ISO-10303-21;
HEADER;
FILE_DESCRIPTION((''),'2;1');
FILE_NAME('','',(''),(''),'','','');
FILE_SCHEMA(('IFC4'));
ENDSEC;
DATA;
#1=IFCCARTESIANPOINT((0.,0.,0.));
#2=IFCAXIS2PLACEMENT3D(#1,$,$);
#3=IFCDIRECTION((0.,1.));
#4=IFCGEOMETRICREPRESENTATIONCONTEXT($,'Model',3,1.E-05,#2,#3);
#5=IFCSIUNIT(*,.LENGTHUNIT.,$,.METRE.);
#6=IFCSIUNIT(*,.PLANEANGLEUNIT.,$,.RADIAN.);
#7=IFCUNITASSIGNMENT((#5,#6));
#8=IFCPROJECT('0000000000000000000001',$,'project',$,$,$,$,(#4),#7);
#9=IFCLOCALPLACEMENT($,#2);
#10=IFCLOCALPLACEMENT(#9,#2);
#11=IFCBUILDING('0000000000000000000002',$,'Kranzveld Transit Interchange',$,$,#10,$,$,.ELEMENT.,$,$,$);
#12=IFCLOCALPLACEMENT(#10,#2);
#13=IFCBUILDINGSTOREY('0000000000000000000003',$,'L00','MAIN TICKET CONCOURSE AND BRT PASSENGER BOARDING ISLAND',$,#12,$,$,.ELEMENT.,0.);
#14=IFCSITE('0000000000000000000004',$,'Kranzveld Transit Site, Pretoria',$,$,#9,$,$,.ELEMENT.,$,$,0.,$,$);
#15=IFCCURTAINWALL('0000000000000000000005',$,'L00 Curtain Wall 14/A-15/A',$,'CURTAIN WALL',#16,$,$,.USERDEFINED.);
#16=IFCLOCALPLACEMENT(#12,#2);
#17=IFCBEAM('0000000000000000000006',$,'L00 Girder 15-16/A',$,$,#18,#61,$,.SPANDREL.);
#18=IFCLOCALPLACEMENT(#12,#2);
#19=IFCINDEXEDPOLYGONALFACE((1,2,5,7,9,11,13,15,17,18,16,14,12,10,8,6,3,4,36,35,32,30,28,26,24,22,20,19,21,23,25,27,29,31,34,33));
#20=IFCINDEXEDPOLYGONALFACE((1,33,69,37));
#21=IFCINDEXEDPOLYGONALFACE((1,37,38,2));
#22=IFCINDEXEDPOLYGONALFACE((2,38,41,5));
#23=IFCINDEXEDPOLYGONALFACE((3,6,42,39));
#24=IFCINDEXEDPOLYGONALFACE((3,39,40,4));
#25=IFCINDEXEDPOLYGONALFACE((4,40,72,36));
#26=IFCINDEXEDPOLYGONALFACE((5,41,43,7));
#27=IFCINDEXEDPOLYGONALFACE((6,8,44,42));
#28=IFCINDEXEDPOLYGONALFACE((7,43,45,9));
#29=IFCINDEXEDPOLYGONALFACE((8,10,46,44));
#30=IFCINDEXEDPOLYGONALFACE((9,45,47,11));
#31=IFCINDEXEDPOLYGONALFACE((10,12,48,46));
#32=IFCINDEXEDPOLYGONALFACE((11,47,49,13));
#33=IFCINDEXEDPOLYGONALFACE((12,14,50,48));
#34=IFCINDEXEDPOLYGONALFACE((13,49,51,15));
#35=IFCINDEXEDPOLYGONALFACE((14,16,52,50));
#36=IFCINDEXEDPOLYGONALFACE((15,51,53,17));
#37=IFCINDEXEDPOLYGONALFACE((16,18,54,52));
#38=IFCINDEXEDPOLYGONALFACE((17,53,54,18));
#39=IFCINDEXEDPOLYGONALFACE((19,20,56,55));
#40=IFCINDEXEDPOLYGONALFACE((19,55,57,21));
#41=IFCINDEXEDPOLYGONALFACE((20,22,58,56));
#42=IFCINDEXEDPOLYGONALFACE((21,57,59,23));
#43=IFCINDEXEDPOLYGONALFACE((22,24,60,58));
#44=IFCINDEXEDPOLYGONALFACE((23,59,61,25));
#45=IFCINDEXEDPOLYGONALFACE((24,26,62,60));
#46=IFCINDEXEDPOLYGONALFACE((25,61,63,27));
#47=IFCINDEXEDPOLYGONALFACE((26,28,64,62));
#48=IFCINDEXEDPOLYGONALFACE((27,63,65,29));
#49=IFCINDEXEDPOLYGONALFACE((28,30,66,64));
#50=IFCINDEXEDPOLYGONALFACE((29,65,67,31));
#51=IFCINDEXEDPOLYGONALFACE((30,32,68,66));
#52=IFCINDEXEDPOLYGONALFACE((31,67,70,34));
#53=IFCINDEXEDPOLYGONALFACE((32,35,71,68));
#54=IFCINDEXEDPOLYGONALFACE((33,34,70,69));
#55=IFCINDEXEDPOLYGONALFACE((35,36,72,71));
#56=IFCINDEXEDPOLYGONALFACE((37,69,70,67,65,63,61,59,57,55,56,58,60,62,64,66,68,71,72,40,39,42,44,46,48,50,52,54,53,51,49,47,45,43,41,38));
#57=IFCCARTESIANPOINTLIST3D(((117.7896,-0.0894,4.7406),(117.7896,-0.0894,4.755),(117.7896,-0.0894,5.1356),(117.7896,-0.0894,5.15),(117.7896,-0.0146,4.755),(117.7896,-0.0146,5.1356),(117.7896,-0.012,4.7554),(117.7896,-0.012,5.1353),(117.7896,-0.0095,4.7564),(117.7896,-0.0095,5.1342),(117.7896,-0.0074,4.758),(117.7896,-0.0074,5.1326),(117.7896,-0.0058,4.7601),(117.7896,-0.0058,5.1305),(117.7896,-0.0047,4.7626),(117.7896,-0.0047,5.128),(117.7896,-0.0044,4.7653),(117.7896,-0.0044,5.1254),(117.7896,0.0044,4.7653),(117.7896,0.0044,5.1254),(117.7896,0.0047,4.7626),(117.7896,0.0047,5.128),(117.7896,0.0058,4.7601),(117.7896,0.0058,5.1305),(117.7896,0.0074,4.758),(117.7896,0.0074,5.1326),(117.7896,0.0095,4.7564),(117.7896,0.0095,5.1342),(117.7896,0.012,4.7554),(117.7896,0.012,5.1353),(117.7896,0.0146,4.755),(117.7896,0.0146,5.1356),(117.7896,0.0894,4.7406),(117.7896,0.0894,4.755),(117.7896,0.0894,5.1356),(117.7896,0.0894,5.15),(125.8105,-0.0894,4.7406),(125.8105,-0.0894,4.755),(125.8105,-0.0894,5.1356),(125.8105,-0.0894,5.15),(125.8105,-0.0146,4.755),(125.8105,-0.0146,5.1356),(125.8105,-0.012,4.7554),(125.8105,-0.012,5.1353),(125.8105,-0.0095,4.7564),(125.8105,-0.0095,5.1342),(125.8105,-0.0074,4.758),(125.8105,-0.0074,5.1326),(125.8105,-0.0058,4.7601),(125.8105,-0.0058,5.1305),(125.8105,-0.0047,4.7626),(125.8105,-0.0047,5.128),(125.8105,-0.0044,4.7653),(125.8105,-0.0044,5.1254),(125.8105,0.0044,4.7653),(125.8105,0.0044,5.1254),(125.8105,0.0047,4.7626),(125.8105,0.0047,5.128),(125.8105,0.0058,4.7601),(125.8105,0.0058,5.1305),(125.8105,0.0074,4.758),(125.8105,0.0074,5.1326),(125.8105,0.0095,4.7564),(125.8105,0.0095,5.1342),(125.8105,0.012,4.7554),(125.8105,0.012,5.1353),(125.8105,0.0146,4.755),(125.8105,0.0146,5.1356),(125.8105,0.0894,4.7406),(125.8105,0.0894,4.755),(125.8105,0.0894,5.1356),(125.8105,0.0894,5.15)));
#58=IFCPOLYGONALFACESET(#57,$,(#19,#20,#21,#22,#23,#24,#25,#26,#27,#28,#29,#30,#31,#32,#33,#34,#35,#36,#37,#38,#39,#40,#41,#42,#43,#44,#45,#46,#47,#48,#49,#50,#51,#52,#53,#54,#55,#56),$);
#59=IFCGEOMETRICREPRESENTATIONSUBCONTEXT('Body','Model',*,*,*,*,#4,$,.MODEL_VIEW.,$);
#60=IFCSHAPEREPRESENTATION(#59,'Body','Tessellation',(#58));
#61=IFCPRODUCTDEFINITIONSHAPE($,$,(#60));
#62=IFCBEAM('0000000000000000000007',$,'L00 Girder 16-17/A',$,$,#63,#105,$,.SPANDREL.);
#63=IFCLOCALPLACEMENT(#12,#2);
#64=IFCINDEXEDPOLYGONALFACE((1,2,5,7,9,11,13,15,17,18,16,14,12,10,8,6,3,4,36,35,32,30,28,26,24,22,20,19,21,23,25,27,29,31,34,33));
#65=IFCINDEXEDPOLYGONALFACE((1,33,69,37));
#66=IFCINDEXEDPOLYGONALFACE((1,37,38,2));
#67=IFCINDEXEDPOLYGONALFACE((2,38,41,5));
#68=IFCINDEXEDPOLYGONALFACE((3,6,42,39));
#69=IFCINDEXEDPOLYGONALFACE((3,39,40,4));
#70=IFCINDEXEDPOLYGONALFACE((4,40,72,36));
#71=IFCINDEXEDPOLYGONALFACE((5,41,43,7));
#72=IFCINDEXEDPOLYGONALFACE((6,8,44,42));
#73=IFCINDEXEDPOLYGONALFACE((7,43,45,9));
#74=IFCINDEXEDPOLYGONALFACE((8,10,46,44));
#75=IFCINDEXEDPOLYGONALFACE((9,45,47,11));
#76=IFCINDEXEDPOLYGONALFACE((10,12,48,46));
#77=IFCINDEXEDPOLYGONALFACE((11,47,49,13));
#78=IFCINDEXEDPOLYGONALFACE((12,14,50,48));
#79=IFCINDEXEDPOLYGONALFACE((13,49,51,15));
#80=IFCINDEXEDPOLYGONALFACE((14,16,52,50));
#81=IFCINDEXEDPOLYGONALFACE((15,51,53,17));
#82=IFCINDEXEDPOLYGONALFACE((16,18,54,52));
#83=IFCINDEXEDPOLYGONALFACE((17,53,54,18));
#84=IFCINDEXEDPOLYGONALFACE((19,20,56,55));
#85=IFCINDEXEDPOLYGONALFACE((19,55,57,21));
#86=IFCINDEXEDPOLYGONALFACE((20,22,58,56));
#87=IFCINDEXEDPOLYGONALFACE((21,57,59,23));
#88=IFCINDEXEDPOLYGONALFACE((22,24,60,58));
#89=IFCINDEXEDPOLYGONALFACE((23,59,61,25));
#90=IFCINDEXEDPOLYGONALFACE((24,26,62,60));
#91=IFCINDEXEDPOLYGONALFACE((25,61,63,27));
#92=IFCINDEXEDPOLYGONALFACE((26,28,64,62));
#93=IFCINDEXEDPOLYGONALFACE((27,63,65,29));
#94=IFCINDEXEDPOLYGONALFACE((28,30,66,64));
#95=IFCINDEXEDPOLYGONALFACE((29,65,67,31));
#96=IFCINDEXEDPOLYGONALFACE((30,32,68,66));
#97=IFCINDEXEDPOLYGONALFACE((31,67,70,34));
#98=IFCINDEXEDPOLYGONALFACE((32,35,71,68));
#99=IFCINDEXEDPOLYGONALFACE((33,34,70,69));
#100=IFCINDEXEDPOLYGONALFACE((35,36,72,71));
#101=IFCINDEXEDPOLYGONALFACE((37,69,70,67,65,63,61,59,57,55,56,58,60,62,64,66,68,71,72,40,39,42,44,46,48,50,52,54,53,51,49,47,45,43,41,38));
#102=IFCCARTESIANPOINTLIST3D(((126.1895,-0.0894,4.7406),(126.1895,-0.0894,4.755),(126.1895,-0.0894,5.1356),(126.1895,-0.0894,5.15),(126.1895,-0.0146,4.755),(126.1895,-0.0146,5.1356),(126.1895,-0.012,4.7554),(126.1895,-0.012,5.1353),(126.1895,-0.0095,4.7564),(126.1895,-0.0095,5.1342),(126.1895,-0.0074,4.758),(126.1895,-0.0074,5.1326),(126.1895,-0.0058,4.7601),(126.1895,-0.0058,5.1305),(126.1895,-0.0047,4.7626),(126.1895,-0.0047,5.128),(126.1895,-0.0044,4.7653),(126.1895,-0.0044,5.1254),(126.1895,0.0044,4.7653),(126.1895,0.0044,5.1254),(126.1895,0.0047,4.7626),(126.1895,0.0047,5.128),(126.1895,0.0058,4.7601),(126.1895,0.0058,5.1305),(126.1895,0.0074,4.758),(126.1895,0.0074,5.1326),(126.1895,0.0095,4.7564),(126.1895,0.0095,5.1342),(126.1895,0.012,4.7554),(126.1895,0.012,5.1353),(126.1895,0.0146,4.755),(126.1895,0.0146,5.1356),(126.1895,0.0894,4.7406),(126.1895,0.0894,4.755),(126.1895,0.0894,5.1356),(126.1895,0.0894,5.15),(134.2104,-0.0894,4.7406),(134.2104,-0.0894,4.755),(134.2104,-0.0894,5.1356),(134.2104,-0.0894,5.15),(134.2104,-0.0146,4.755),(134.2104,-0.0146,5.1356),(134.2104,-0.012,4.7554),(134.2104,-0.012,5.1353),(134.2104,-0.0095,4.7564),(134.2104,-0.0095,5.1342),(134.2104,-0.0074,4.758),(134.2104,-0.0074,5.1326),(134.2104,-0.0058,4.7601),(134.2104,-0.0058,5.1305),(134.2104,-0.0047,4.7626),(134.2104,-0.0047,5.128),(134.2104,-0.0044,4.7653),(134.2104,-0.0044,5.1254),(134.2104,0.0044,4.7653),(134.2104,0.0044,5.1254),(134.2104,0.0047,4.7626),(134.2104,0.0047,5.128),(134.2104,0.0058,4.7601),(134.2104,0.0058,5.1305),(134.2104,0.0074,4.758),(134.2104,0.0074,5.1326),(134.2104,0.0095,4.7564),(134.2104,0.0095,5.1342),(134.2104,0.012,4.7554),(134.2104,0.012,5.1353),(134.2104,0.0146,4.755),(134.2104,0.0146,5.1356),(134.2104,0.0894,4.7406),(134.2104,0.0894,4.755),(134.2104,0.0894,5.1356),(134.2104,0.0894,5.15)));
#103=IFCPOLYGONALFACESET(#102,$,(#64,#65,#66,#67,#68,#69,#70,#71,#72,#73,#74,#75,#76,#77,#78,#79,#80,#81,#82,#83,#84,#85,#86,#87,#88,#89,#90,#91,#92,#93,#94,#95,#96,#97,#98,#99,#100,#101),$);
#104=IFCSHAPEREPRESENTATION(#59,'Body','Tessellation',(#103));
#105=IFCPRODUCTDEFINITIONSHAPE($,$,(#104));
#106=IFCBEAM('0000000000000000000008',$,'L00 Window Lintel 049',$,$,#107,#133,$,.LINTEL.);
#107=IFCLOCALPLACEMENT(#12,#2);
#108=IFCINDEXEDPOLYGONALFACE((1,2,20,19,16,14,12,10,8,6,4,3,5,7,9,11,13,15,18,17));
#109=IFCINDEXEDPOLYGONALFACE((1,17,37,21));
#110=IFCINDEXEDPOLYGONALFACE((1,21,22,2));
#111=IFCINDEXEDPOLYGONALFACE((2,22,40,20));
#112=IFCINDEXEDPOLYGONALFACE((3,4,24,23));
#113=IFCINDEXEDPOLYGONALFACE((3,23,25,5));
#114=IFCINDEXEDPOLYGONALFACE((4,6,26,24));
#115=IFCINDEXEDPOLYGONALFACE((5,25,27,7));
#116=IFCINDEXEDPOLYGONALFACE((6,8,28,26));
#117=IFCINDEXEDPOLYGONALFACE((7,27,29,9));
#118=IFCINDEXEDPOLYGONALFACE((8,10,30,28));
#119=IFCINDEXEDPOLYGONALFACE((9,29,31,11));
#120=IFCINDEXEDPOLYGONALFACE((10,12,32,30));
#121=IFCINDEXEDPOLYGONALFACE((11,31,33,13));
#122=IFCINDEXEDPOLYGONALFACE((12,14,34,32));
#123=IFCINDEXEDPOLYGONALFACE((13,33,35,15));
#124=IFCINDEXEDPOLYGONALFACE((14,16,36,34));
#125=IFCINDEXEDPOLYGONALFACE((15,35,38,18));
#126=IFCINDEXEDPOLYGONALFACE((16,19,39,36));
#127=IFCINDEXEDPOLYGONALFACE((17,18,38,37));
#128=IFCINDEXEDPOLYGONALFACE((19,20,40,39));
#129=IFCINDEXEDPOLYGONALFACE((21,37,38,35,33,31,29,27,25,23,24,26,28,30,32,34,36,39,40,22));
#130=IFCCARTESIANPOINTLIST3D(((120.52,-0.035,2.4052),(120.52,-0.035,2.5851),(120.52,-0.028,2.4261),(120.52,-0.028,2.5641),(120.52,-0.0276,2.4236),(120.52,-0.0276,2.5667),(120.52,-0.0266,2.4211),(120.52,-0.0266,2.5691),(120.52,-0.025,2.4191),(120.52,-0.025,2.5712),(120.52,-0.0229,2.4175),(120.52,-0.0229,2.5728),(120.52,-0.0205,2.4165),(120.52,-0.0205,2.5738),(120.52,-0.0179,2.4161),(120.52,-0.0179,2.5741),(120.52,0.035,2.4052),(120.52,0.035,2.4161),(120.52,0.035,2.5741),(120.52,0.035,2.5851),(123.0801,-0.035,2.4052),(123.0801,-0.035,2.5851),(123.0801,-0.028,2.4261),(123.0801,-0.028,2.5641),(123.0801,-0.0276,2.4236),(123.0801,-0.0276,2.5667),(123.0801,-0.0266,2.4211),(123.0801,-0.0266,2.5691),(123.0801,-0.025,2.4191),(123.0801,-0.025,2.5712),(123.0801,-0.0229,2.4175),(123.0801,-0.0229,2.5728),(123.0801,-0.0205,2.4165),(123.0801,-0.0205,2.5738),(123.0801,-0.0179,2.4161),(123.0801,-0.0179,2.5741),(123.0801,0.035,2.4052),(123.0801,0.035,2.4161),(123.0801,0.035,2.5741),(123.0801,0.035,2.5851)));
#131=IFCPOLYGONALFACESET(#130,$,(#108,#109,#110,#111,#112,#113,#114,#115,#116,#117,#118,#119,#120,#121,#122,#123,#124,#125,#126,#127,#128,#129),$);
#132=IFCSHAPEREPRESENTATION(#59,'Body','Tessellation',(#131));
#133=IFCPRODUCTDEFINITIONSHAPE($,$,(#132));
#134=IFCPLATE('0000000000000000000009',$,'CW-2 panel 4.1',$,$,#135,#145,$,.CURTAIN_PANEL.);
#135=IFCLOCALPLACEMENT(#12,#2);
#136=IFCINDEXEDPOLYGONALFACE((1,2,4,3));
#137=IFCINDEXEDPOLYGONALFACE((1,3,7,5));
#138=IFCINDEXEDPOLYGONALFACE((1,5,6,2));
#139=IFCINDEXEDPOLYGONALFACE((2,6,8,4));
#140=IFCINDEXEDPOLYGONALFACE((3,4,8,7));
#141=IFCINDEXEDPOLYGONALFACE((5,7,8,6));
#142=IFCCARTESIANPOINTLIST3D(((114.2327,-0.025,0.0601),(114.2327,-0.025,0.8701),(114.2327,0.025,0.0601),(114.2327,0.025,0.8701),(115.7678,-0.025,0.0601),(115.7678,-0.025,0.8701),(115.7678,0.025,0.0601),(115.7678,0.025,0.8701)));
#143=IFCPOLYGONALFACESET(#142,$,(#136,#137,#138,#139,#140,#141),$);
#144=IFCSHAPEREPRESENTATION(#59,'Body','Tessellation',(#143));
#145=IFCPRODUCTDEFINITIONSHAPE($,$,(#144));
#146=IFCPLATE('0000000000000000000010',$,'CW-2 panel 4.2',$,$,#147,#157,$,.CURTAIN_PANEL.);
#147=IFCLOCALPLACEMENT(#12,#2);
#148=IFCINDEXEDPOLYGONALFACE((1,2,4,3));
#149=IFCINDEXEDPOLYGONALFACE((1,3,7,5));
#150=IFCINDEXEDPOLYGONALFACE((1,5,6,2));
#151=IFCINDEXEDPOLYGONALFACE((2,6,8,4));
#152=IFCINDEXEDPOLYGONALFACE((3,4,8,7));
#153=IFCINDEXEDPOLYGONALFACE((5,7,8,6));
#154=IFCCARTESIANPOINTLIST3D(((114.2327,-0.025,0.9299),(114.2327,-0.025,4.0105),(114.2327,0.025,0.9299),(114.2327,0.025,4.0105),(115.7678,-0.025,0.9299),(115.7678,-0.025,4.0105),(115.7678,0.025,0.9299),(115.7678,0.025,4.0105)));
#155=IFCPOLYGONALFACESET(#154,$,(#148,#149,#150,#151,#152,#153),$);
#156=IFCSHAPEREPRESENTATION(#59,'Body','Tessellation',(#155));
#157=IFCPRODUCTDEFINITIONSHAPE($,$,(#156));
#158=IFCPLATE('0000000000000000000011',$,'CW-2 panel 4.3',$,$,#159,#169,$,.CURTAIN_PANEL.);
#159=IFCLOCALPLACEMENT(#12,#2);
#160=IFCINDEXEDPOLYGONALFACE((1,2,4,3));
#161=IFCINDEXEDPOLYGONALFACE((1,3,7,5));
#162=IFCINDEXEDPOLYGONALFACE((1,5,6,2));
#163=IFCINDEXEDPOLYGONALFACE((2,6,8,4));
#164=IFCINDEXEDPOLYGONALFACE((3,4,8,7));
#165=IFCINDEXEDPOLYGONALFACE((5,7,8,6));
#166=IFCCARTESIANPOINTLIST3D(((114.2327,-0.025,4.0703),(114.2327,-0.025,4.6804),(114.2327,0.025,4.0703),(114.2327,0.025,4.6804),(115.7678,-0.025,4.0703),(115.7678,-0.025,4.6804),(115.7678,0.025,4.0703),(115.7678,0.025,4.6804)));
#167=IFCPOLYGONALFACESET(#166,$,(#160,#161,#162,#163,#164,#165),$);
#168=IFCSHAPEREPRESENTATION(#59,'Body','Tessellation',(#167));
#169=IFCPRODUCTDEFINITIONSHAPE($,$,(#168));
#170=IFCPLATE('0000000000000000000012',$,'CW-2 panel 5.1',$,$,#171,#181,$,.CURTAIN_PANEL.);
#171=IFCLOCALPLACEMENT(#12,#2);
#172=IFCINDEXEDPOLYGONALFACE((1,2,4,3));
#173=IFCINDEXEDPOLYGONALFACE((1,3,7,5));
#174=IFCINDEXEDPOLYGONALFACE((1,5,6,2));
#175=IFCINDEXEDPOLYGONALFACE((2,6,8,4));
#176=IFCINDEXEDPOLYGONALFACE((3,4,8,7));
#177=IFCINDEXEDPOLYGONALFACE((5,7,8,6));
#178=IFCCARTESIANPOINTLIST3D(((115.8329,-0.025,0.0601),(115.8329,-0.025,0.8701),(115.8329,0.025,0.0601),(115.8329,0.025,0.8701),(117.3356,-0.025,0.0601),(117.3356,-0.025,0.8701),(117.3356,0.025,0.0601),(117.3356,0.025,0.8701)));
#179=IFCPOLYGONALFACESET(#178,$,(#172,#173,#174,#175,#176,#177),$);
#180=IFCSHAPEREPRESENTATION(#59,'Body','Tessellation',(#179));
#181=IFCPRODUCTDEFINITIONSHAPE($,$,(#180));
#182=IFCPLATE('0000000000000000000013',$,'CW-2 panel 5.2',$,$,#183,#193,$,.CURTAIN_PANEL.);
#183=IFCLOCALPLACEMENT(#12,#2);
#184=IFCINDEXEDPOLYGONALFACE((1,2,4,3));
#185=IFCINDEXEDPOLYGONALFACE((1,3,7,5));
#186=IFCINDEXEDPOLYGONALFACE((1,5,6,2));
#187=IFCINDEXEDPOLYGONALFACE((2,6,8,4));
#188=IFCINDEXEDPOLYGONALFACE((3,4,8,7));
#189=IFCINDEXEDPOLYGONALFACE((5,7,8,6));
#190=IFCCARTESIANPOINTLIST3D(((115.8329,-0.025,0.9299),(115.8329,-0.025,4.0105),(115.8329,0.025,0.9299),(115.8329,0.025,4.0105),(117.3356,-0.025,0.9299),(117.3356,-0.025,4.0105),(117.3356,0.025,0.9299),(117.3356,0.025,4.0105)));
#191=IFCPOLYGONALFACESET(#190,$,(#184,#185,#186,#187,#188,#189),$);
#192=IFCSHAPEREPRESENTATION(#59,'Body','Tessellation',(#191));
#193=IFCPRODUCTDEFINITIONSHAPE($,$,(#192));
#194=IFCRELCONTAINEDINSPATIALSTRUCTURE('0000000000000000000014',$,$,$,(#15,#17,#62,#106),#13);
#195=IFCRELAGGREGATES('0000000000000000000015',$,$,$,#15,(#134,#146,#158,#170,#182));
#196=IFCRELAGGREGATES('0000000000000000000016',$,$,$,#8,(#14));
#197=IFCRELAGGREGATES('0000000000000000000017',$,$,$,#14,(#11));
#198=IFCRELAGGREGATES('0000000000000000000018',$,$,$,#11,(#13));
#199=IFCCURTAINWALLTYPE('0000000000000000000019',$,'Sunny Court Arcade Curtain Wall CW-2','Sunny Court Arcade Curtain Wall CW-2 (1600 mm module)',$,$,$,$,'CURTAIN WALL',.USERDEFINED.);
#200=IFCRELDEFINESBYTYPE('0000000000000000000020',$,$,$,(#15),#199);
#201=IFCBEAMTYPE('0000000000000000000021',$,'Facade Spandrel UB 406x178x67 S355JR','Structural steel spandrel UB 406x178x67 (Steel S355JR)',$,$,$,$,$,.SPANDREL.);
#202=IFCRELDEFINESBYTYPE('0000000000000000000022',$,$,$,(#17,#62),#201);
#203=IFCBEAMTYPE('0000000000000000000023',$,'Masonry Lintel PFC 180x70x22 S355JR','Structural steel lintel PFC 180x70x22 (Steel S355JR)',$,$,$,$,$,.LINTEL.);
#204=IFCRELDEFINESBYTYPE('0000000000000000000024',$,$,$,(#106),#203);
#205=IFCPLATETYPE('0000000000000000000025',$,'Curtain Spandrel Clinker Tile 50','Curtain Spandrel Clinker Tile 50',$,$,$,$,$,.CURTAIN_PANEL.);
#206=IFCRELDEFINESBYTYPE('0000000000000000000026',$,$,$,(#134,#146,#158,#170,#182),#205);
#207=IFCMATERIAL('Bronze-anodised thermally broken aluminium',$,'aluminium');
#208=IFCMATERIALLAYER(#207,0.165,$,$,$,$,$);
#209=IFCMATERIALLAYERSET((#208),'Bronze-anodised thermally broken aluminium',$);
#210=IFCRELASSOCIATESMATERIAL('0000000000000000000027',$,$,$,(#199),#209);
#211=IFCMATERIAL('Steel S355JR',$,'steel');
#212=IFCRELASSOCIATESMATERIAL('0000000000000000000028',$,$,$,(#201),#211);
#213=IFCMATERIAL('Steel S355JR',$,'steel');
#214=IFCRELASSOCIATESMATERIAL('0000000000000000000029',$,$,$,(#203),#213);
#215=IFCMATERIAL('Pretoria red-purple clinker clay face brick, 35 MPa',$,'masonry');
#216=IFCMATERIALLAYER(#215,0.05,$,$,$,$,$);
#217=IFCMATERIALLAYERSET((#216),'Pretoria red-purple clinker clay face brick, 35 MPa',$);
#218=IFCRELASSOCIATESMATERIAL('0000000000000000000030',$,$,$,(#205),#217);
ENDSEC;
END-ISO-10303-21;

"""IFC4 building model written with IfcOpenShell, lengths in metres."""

from ifc_helpers import new_model, si_unit, direction, frame, origin, origin_2d, place, context, subcontext, project, spatial, rectangle, i_section, u_section, extrude, material, layer, layer_set, material_profile, profile_set, type_object, element, aggregate, save


model = new_model("IFC4")

# Units and contexts
model_context = context("Model", 3, precision=1e-05, world=origin(), true_north=direction((0.0, 1.0)))
body_context = subcontext(model_context, "Body", "Model", "MODEL_VIEW")
ifc_project = project(units=[si_unit("LENGTHUNIT", "METRE"), si_unit("PLANEANGLEUNIT", "RADIAN")], contexts=[model_context])

# Site, building, storey
site_placement = place(None, origin())
site = spatial("IfcSite", under=ifc_project, at=site_placement, Name="Kranzveld Transit Site, Pretoria", CompositionType="ELEMENT", RefElevation=0.0)
building_placement = place(site_placement, origin())
building = spatial("IfcBuilding", under=site, at=building_placement, Name="Kranzveld Transit Interchange", CompositionType="ELEMENT")
storey_placement = place(building_placement, origin())
storey = spatial("IfcBuildingStorey", under=building, at=storey_placement, Name="L00", Description="MAIN TICKET CONCOURSE AND BRT PASSENGER BOARDING ISLAND", CompositionType="ELEMENT", Elevation=0.0)

# Curtain wall
ifc_material_1 = material(Name="Bronze-anodised thermally broken aluminium", Category="aluminium")
ifc_layer_1 = layer(ifc_material_1, 0.165)
ifc_layer_set_1 = layer_set([ifc_layer_1], Name="Bronze-anodised thermally broken aluminium")
curtain_wall_type_1 = type_object("IfcCurtainWallType", Name="Sunny Court Arcade Curtain Wall CW-2", Description="Sunny Court Arcade Curtain Wall CW-2 (1600 mm module)", ElementType="CURTAIN WALL", PredefinedType="USERDEFINED", material=ifc_layer_set_1)
curtain_wall_1_placement = place(storey_placement, origin())
curtain_wall_1 = element("IfcCurtainWall", 1, at=curtain_wall_1_placement, inside=storey, type_object=curtain_wall_type_1, Name="L00 Curtain Wall 14/A-15/A", ObjectType="CURTAIN WALL", PredefinedType="USERDEFINED")

# Beams
ifc_material_2 = material(Name="Steel S355JR", Category="steel")
ifc_material_profile_1 = material_profile(ifc_material_2, i_section(OverallWidth=0.1787, OverallDepth=0.4094, WebThickness=0.0088, FlangeThickness=0.0144, FilletRadius=0.0103, at=origin_2d()), Name="UB 406x178x67")
ifc_profile_set_1 = profile_set([ifc_material_profile_1], Name="Steel S355JR")
beam_type_1 = type_object("IfcBeamType", Name="Facade Spandrel UB 406x178x67 S355JR", Description="Structural steel spandrel UB 406x178x67 (Steel S355JR)", PredefinedType="SPANDREL", material=ifc_profile_set_1)
for number, where, z_axis, x_axis, name in (
    (2, (117.7896, 0.0, 4.9453), (1.0, 0.0, 0.0), (0.0, 1.0, 0.0), "L00 Girder 15-16/A"),
    (3, (126.1895, 0.0, 4.9453), (1.0, 0.0, 0.0), (0.0, 1.0, 0.0), "L00 Girder 16-17/A"),
):
    element("IfcBeam", number, at=place(storey_placement, frame(where, z_axis=z_axis, x_axis=x_axis)), inside=storey, type_object=beam_type_1, Name=name, PredefinedType="SPANDREL", context=body_context, shape_type="SweptSolid", body=[
        extrude(i_section(OverallWidth=0.1787, OverallDepth=0.4094, WebThickness=0.0088, FlangeThickness=0.0144, FilletRadius=0.0103, at=origin_2d()), origin(), (0.0, 0.0, 1.0), 8.021),
    ])
ifc_material_3 = material(Name="Steel S355JR", Category="steel")
ifc_material_profile_2 = material_profile(ifc_material_3, u_section(Depth=0.1799, FlangeWidth=0.0701, WebThickness=0.0071, FlangeThickness=0.011, FilletRadius=0.01, at=origin_2d()), Name="PFC 180x70x22")
ifc_profile_set_2 = profile_set([ifc_material_profile_2], Name="Steel S355JR")
beam_type_2 = type_object("IfcBeamType", Name="Masonry Lintel PFC 180x70x22 S355JR", Description="Structural steel lintel PFC 180x70x22 (Steel S355JR)", PredefinedType="LINTEL", material=ifc_profile_set_2)
beam_placement = place(storey_placement, frame((120.52, 0.0, 2.4951), z_axis=(1.0, 0.0, 0.0), x_axis=(0.0, 1.0, 0.0)))
element("IfcBeam", 4, at=beam_placement, inside=storey, type_object=beam_type_2, Name="L00 Window Lintel 049", PredefinedType="LINTEL", context=body_context, shape_type="SweptSolid", body=[
    extrude(u_section(Depth=0.1799, FlangeWidth=0.0701, WebThickness=0.0071, FlangeThickness=0.011, FilletRadius=0.01, at=origin_2d()), origin(), (0.0, 0.0, 1.0), 2.5601),
])

# Plates
ifc_material_4 = material(Name="Pretoria red-purple clinker clay face brick, 35 MPa", Category="masonry")
ifc_layer_2 = layer(ifc_material_4, 0.05)
ifc_layer_set_2 = layer_set([ifc_layer_2], Name="Pretoria red-purple clinker clay face brick, 35 MPa")
plate_type_1 = type_object("IfcPlateType", Name="Curtain Spandrel Clinker Tile 50", Description="Curtain Spandrel Clinker Tile 50", PredefinedType="CURTAIN_PANEL", material=ifc_layer_set_2)
plate_1_placement = place(storey_placement, frame((115.0002, 0.0, 0.0601), z_axis=(0.0, 0.0, 1.0), x_axis=(1.0, 0.0, 0.0)))
plate_1 = element("IfcPlate", 5, at=plate_1_placement, type_object=plate_type_1, Name="CW-2 panel 4.1", PredefinedType="CURTAIN_PANEL", context=body_context, shape_type="SweptSolid", body=[
    extrude(rectangle(XDim=1.5352, YDim=0.05, at=origin_2d()), origin(), (0.0, 0.0, 1.0), 0.8101),
])
plate_2_placement = place(storey_placement, frame((115.0002, 0.0, 0.9299), z_axis=(0.0, 0.0, 1.0), x_axis=(1.0, 0.0, 0.0)))
plate_2 = element("IfcPlate", 6, at=plate_2_placement, type_object=plate_type_1, Name="CW-2 panel 4.2", PredefinedType="CURTAIN_PANEL", context=body_context, shape_type="SweptSolid", body=[
    extrude(rectangle(XDim=1.5352, YDim=0.05, at=origin_2d()), origin(), (0.0, 0.0, 1.0), 3.0806),
])
plate_3_placement = place(storey_placement, frame((115.0002, 0.0, 4.0703), z_axis=(0.0, 0.0, 1.0), x_axis=(1.0, 0.0, 0.0)))
plate_3 = element("IfcPlate", 7, at=plate_3_placement, type_object=plate_type_1, Name="CW-2 panel 4.3", PredefinedType="CURTAIN_PANEL", context=body_context, shape_type="SweptSolid", body=[
    extrude(rectangle(XDim=1.5352, YDim=0.05, at=origin_2d()), origin(), (0.0, 0.0, 1.0), 0.6101),
])
plate_4_placement = place(storey_placement, frame((116.5842, 0.0, 0.0601), z_axis=(0.0, 0.0, 1.0), x_axis=(1.0, 0.0, 0.0)))
plate_4 = element("IfcPlate", 8, at=plate_4_placement, type_object=plate_type_1, Name="CW-2 panel 5.1", PredefinedType="CURTAIN_PANEL", context=body_context, shape_type="SweptSolid", body=[
    extrude(rectangle(XDim=1.5027, YDim=0.05, at=origin_2d()), origin(), (0.0, 0.0, 1.0), 0.8101),
])
plate_5_placement = place(storey_placement, frame((116.5842, 0.0, 0.9299), z_axis=(0.0, 0.0, 1.0), x_axis=(1.0, 0.0, 0.0)))
plate_5 = element("IfcPlate", 9, at=plate_5_placement, type_object=plate_type_1, Name="CW-2 panel 5.2", PredefinedType="CURTAIN_PANEL", context=body_context, shape_type="SweptSolid", body=[
    extrude(rectangle(XDim=1.5027, YDim=0.05, at=origin_2d()), origin(), (0.0, 0.0, 1.0), 3.0806),
])
aggregate(curtain_wall_1, [plate_1, plate_2, plate_3, plate_4, plate_5])

save(model, "model.ifc")
